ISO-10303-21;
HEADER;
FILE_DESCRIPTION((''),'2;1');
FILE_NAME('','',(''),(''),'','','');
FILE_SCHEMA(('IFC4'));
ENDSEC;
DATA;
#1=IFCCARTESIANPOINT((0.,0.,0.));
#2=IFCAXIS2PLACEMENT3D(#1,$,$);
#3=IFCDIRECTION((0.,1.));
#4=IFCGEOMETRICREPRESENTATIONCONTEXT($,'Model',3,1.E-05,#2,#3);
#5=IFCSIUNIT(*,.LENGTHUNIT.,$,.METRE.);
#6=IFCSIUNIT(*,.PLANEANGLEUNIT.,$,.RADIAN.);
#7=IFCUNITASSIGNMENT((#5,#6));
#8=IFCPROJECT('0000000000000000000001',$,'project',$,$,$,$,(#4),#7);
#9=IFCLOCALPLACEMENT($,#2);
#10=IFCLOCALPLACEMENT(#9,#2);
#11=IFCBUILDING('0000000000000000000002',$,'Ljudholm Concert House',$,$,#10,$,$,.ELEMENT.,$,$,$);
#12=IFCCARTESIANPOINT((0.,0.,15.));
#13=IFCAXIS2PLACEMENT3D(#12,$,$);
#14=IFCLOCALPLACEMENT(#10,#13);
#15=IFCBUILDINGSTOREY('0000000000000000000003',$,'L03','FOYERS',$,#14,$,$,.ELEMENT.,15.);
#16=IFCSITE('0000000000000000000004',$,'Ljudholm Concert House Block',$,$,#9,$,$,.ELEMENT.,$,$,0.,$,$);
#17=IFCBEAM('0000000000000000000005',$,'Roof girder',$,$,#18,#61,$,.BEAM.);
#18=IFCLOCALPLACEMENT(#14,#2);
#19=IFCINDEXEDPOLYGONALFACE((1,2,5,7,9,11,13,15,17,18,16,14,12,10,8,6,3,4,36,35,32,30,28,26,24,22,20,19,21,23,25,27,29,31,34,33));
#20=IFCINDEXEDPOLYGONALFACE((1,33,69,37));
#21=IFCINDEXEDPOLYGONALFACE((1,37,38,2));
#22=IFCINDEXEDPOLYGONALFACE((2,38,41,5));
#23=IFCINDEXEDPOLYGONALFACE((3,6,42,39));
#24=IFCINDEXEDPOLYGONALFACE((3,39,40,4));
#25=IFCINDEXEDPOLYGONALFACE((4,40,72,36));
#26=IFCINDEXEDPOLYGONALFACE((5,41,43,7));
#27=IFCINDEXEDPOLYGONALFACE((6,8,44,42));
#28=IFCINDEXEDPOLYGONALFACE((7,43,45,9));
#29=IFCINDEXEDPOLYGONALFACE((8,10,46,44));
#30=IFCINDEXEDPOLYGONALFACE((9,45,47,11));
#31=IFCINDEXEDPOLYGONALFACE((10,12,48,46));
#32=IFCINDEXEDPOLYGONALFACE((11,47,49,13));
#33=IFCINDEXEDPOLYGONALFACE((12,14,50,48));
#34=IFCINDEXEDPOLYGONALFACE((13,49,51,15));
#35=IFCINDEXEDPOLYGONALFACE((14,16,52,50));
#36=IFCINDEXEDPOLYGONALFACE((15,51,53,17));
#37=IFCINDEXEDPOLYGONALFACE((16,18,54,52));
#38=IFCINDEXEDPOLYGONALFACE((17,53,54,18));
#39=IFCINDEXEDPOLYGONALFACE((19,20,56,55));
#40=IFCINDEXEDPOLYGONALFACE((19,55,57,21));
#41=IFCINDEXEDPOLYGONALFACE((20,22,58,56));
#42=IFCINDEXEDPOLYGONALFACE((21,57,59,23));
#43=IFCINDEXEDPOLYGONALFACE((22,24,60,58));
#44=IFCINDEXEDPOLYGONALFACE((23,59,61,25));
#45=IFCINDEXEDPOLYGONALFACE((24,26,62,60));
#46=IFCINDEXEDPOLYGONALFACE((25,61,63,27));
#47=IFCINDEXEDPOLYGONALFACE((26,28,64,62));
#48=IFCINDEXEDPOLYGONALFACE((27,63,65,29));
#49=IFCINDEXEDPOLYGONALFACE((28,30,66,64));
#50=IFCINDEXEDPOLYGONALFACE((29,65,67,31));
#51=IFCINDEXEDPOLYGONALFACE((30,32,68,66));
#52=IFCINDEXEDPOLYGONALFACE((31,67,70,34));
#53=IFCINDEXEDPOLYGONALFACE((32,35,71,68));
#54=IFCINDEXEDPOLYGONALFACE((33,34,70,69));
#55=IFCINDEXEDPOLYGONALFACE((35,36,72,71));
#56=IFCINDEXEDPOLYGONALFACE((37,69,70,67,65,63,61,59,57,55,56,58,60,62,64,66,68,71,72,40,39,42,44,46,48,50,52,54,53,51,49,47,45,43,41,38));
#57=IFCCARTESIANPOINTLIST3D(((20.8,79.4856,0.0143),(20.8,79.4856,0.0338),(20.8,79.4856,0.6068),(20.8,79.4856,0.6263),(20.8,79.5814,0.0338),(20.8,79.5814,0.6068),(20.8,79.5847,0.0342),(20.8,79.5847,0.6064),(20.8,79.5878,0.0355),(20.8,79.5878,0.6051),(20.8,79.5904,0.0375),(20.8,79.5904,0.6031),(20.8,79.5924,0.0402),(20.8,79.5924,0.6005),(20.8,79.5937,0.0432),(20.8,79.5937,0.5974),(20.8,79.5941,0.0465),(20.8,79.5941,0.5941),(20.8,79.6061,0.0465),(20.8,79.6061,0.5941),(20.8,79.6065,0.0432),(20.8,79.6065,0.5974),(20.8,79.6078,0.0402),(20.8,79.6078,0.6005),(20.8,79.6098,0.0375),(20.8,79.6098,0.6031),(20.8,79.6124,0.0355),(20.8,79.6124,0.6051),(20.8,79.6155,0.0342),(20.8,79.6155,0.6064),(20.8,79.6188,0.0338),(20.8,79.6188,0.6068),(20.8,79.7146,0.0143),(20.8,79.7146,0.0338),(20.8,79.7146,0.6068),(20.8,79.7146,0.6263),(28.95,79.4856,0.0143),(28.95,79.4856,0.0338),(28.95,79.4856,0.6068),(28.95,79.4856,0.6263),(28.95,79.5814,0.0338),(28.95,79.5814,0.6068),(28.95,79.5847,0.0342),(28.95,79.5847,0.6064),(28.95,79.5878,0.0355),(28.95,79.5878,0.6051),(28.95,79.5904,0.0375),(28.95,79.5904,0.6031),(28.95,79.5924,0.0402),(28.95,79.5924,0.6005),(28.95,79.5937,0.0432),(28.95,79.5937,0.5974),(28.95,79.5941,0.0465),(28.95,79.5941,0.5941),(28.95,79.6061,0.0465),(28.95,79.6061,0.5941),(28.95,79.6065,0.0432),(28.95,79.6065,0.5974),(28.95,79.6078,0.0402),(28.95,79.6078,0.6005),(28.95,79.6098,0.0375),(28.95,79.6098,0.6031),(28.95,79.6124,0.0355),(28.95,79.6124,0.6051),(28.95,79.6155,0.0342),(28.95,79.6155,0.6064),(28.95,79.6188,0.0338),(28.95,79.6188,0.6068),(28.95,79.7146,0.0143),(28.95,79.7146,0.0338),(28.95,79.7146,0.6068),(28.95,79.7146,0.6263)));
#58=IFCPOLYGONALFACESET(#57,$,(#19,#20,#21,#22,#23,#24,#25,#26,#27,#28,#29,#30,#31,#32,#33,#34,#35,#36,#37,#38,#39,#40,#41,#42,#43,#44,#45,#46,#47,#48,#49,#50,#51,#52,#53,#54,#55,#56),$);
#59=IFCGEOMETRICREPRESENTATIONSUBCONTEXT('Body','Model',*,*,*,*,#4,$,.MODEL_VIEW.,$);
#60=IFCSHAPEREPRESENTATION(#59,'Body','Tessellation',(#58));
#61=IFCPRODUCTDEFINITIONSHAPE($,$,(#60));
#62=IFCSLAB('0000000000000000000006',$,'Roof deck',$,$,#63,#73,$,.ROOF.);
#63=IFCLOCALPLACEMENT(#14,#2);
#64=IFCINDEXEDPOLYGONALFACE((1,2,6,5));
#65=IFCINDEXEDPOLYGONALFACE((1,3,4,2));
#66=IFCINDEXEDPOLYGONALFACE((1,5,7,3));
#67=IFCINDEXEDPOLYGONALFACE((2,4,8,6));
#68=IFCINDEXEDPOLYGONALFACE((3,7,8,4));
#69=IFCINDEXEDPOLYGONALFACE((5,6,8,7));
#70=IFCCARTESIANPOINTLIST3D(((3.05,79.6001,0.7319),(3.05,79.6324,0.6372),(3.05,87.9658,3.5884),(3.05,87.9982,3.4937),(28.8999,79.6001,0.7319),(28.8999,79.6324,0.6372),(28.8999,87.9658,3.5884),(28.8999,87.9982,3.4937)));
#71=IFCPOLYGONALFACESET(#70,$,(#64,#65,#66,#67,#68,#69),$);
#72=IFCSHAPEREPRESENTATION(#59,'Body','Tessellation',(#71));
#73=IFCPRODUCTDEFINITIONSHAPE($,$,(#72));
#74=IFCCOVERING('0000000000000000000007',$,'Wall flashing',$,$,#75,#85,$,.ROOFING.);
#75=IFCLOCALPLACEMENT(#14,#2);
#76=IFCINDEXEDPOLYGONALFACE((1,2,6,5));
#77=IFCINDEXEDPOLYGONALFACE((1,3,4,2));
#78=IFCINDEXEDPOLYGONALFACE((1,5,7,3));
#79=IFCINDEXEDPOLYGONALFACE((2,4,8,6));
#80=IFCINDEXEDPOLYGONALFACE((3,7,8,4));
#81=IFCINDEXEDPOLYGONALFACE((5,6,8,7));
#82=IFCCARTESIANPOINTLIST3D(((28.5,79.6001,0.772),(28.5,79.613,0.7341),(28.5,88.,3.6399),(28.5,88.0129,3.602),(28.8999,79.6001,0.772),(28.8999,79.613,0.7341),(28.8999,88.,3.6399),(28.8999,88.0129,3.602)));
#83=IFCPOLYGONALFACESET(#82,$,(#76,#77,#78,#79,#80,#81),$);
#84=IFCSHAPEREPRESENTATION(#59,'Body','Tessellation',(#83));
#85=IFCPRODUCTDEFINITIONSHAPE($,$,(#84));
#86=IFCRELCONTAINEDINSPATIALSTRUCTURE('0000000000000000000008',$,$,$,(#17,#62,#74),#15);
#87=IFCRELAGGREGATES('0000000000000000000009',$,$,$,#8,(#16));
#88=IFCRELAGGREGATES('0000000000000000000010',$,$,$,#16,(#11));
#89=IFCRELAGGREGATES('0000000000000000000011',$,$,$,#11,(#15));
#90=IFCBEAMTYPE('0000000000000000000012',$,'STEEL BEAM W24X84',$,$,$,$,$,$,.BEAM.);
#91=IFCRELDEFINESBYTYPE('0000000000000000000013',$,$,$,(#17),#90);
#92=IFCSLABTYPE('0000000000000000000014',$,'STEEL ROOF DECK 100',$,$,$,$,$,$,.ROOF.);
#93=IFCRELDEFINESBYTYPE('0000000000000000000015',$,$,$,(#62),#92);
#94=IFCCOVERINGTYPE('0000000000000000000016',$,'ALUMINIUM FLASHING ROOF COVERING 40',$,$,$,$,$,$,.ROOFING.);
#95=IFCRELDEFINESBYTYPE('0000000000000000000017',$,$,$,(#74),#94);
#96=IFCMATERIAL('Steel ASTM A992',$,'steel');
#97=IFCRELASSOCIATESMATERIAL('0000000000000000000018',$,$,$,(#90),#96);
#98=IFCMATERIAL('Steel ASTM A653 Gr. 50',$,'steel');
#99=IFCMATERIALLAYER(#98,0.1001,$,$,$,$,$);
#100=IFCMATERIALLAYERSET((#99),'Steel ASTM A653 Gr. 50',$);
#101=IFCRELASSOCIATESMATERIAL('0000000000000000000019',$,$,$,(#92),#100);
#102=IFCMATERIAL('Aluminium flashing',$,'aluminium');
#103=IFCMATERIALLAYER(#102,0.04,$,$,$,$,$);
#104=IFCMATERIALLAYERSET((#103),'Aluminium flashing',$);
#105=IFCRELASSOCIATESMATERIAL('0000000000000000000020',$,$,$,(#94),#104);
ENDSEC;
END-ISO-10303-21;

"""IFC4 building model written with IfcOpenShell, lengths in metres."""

from ifc_helpers import new_model, si_unit, direction, frame, origin, origin_2d, place, context, subcontext, project, spatial, polyline, i_section, outline, extrude, material, layer, layer_set, material_profile, profile_set, type_object, element, save


model = new_model("IFC4")

# Units and contexts
model_context = context("Model", 3, precision=1e-05, world=origin(), true_north=direction((0.0, 1.0)))
body_context = subcontext(model_context, "Body", "Model", "MODEL_VIEW")
ifc_project = project(units=[si_unit("LENGTHUNIT", "METRE"), si_unit("PLANEANGLEUNIT", "RADIAN")], contexts=[model_context])

# Site, building, storey
site_placement = place(None, origin())
site = spatial("IfcSite", under=ifc_project, at=site_placement, Name="Ljudholm Concert House Block", CompositionType="ELEMENT", RefElevation=0.0)
building_placement = place(site_placement, origin())
building = spatial("IfcBuilding", under=site, at=building_placement, Name="Ljudholm Concert House", CompositionType="ELEMENT")
storey_placement = place(building_placement, frame((0.0, 0.0, 15.0)))
storey = spatial("IfcBuildingStorey", under=building, at=storey_placement, Name="L03", Description="FOYERS", CompositionType="ELEMENT", Elevation=15.0)

# Beam
ifc_material_1 = material(Name="Steel ASTM A992", Category="steel")
ifc_material_profile_1 = material_profile(ifc_material_1, i_section(OverallWidth=0.229, OverallDepth=0.6121, WebThickness=0.012, FlangeThickness=0.0195, FilletRadius=0.0127, at=origin_2d()), Name="W24X84")
ifc_profile_set_1 = profile_set([ifc_material_profile_1], Name="Steel ASTM A992")
beam_type_1 = type_object("IfcBeamType", Name="STEEL BEAM W24X84", PredefinedType="BEAM", material=ifc_profile_set_1)
beam_1_placement = place(storey_placement, frame((20.8, 79.6001, 0.3203), z_axis=(1.0, 0.0, 0.0), x_axis=(0.0, 1.0, 0.0)))
element("IfcBeam", 1, at=beam_1_placement, inside=storey, type_object=beam_type_1, Name="Roof girder", PredefinedType="BEAM", context=body_context, shape_type="SweptSolid", body=[
    extrude(i_section(OverallWidth=0.229, OverallDepth=0.6121, WebThickness=0.012, FlangeThickness=0.0195, FilletRadius=0.0127, at=origin_2d()), origin(), (0.0, 0.0, 1.0), 8.1499),
])

# Slab
ifc_material_2 = material(Name="Steel ASTM A653 Gr. 50", Category="steel")
ifc_layer_1 = layer(ifc_material_2, 0.1001)
ifc_layer_set_1 = layer_set([ifc_layer_1], Name="Steel ASTM A653 Gr. 50")
slab_type = type_object("IfcSlabType", Name="STEEL ROOF DECK 100", PredefinedType="ROOF", material=ifc_layer_set_1)
slab_placement = place(storey_placement, frame((3.05, 79.6001, 0.7319), z_axis=(0.0, -0.323129, 0.946355), x_axis=(1.0, 0.0, 0.0)))
element("IfcSlab", 2, at=slab_placement, inside=storey, type_object=slab_type, Name="Roof deck", PredefinedType="ROOF", context=body_context, shape_type="SweptSolid", body=[
    extrude(outline(polyline([(0.0, 0.0), (25.8499, 0.0), (25.8499, 8.8399), (0.0, 8.8399), (0.0, 0.0)])), origin(), (0.0, 0.0, -1.0), 0.1001),
])

# Covering
ifc_material_3 = material(Name="Aluminium flashing", Category="aluminium")
ifc_layer_2 = layer(ifc_material_3, 0.04)
ifc_layer_set_2 = layer_set([ifc_layer_2], Name="Aluminium flashing")
covering_type_1 = type_object("IfcCoveringType", Name="ALUMINIUM FLASHING ROOF COVERING 40", PredefinedType="ROOFING", material=ifc_layer_set_2)
covering_1_placement = place(storey_placement, frame((28.5, 79.6001, 0.772), z_axis=(0.0, -0.32311, 0.946362), x_axis=(1.0, 0.0, 0.0)))
element("IfcCovering", 3, at=covering_1_placement, inside=storey, type_object=covering_type_1, Name="Wall flashing", PredefinedType="ROOFING", context=body_context, shape_type="SweptSolid", body=[
    extrude(outline(polyline([(0.0, 0.0), (0.3999, 0.0), (0.3999, 8.876), (0.0, 8.876), (0.0, 0.0)])), origin(), (0.0, 0.0, -1.0), 0.04),
])

save(model, "model.ifc")
